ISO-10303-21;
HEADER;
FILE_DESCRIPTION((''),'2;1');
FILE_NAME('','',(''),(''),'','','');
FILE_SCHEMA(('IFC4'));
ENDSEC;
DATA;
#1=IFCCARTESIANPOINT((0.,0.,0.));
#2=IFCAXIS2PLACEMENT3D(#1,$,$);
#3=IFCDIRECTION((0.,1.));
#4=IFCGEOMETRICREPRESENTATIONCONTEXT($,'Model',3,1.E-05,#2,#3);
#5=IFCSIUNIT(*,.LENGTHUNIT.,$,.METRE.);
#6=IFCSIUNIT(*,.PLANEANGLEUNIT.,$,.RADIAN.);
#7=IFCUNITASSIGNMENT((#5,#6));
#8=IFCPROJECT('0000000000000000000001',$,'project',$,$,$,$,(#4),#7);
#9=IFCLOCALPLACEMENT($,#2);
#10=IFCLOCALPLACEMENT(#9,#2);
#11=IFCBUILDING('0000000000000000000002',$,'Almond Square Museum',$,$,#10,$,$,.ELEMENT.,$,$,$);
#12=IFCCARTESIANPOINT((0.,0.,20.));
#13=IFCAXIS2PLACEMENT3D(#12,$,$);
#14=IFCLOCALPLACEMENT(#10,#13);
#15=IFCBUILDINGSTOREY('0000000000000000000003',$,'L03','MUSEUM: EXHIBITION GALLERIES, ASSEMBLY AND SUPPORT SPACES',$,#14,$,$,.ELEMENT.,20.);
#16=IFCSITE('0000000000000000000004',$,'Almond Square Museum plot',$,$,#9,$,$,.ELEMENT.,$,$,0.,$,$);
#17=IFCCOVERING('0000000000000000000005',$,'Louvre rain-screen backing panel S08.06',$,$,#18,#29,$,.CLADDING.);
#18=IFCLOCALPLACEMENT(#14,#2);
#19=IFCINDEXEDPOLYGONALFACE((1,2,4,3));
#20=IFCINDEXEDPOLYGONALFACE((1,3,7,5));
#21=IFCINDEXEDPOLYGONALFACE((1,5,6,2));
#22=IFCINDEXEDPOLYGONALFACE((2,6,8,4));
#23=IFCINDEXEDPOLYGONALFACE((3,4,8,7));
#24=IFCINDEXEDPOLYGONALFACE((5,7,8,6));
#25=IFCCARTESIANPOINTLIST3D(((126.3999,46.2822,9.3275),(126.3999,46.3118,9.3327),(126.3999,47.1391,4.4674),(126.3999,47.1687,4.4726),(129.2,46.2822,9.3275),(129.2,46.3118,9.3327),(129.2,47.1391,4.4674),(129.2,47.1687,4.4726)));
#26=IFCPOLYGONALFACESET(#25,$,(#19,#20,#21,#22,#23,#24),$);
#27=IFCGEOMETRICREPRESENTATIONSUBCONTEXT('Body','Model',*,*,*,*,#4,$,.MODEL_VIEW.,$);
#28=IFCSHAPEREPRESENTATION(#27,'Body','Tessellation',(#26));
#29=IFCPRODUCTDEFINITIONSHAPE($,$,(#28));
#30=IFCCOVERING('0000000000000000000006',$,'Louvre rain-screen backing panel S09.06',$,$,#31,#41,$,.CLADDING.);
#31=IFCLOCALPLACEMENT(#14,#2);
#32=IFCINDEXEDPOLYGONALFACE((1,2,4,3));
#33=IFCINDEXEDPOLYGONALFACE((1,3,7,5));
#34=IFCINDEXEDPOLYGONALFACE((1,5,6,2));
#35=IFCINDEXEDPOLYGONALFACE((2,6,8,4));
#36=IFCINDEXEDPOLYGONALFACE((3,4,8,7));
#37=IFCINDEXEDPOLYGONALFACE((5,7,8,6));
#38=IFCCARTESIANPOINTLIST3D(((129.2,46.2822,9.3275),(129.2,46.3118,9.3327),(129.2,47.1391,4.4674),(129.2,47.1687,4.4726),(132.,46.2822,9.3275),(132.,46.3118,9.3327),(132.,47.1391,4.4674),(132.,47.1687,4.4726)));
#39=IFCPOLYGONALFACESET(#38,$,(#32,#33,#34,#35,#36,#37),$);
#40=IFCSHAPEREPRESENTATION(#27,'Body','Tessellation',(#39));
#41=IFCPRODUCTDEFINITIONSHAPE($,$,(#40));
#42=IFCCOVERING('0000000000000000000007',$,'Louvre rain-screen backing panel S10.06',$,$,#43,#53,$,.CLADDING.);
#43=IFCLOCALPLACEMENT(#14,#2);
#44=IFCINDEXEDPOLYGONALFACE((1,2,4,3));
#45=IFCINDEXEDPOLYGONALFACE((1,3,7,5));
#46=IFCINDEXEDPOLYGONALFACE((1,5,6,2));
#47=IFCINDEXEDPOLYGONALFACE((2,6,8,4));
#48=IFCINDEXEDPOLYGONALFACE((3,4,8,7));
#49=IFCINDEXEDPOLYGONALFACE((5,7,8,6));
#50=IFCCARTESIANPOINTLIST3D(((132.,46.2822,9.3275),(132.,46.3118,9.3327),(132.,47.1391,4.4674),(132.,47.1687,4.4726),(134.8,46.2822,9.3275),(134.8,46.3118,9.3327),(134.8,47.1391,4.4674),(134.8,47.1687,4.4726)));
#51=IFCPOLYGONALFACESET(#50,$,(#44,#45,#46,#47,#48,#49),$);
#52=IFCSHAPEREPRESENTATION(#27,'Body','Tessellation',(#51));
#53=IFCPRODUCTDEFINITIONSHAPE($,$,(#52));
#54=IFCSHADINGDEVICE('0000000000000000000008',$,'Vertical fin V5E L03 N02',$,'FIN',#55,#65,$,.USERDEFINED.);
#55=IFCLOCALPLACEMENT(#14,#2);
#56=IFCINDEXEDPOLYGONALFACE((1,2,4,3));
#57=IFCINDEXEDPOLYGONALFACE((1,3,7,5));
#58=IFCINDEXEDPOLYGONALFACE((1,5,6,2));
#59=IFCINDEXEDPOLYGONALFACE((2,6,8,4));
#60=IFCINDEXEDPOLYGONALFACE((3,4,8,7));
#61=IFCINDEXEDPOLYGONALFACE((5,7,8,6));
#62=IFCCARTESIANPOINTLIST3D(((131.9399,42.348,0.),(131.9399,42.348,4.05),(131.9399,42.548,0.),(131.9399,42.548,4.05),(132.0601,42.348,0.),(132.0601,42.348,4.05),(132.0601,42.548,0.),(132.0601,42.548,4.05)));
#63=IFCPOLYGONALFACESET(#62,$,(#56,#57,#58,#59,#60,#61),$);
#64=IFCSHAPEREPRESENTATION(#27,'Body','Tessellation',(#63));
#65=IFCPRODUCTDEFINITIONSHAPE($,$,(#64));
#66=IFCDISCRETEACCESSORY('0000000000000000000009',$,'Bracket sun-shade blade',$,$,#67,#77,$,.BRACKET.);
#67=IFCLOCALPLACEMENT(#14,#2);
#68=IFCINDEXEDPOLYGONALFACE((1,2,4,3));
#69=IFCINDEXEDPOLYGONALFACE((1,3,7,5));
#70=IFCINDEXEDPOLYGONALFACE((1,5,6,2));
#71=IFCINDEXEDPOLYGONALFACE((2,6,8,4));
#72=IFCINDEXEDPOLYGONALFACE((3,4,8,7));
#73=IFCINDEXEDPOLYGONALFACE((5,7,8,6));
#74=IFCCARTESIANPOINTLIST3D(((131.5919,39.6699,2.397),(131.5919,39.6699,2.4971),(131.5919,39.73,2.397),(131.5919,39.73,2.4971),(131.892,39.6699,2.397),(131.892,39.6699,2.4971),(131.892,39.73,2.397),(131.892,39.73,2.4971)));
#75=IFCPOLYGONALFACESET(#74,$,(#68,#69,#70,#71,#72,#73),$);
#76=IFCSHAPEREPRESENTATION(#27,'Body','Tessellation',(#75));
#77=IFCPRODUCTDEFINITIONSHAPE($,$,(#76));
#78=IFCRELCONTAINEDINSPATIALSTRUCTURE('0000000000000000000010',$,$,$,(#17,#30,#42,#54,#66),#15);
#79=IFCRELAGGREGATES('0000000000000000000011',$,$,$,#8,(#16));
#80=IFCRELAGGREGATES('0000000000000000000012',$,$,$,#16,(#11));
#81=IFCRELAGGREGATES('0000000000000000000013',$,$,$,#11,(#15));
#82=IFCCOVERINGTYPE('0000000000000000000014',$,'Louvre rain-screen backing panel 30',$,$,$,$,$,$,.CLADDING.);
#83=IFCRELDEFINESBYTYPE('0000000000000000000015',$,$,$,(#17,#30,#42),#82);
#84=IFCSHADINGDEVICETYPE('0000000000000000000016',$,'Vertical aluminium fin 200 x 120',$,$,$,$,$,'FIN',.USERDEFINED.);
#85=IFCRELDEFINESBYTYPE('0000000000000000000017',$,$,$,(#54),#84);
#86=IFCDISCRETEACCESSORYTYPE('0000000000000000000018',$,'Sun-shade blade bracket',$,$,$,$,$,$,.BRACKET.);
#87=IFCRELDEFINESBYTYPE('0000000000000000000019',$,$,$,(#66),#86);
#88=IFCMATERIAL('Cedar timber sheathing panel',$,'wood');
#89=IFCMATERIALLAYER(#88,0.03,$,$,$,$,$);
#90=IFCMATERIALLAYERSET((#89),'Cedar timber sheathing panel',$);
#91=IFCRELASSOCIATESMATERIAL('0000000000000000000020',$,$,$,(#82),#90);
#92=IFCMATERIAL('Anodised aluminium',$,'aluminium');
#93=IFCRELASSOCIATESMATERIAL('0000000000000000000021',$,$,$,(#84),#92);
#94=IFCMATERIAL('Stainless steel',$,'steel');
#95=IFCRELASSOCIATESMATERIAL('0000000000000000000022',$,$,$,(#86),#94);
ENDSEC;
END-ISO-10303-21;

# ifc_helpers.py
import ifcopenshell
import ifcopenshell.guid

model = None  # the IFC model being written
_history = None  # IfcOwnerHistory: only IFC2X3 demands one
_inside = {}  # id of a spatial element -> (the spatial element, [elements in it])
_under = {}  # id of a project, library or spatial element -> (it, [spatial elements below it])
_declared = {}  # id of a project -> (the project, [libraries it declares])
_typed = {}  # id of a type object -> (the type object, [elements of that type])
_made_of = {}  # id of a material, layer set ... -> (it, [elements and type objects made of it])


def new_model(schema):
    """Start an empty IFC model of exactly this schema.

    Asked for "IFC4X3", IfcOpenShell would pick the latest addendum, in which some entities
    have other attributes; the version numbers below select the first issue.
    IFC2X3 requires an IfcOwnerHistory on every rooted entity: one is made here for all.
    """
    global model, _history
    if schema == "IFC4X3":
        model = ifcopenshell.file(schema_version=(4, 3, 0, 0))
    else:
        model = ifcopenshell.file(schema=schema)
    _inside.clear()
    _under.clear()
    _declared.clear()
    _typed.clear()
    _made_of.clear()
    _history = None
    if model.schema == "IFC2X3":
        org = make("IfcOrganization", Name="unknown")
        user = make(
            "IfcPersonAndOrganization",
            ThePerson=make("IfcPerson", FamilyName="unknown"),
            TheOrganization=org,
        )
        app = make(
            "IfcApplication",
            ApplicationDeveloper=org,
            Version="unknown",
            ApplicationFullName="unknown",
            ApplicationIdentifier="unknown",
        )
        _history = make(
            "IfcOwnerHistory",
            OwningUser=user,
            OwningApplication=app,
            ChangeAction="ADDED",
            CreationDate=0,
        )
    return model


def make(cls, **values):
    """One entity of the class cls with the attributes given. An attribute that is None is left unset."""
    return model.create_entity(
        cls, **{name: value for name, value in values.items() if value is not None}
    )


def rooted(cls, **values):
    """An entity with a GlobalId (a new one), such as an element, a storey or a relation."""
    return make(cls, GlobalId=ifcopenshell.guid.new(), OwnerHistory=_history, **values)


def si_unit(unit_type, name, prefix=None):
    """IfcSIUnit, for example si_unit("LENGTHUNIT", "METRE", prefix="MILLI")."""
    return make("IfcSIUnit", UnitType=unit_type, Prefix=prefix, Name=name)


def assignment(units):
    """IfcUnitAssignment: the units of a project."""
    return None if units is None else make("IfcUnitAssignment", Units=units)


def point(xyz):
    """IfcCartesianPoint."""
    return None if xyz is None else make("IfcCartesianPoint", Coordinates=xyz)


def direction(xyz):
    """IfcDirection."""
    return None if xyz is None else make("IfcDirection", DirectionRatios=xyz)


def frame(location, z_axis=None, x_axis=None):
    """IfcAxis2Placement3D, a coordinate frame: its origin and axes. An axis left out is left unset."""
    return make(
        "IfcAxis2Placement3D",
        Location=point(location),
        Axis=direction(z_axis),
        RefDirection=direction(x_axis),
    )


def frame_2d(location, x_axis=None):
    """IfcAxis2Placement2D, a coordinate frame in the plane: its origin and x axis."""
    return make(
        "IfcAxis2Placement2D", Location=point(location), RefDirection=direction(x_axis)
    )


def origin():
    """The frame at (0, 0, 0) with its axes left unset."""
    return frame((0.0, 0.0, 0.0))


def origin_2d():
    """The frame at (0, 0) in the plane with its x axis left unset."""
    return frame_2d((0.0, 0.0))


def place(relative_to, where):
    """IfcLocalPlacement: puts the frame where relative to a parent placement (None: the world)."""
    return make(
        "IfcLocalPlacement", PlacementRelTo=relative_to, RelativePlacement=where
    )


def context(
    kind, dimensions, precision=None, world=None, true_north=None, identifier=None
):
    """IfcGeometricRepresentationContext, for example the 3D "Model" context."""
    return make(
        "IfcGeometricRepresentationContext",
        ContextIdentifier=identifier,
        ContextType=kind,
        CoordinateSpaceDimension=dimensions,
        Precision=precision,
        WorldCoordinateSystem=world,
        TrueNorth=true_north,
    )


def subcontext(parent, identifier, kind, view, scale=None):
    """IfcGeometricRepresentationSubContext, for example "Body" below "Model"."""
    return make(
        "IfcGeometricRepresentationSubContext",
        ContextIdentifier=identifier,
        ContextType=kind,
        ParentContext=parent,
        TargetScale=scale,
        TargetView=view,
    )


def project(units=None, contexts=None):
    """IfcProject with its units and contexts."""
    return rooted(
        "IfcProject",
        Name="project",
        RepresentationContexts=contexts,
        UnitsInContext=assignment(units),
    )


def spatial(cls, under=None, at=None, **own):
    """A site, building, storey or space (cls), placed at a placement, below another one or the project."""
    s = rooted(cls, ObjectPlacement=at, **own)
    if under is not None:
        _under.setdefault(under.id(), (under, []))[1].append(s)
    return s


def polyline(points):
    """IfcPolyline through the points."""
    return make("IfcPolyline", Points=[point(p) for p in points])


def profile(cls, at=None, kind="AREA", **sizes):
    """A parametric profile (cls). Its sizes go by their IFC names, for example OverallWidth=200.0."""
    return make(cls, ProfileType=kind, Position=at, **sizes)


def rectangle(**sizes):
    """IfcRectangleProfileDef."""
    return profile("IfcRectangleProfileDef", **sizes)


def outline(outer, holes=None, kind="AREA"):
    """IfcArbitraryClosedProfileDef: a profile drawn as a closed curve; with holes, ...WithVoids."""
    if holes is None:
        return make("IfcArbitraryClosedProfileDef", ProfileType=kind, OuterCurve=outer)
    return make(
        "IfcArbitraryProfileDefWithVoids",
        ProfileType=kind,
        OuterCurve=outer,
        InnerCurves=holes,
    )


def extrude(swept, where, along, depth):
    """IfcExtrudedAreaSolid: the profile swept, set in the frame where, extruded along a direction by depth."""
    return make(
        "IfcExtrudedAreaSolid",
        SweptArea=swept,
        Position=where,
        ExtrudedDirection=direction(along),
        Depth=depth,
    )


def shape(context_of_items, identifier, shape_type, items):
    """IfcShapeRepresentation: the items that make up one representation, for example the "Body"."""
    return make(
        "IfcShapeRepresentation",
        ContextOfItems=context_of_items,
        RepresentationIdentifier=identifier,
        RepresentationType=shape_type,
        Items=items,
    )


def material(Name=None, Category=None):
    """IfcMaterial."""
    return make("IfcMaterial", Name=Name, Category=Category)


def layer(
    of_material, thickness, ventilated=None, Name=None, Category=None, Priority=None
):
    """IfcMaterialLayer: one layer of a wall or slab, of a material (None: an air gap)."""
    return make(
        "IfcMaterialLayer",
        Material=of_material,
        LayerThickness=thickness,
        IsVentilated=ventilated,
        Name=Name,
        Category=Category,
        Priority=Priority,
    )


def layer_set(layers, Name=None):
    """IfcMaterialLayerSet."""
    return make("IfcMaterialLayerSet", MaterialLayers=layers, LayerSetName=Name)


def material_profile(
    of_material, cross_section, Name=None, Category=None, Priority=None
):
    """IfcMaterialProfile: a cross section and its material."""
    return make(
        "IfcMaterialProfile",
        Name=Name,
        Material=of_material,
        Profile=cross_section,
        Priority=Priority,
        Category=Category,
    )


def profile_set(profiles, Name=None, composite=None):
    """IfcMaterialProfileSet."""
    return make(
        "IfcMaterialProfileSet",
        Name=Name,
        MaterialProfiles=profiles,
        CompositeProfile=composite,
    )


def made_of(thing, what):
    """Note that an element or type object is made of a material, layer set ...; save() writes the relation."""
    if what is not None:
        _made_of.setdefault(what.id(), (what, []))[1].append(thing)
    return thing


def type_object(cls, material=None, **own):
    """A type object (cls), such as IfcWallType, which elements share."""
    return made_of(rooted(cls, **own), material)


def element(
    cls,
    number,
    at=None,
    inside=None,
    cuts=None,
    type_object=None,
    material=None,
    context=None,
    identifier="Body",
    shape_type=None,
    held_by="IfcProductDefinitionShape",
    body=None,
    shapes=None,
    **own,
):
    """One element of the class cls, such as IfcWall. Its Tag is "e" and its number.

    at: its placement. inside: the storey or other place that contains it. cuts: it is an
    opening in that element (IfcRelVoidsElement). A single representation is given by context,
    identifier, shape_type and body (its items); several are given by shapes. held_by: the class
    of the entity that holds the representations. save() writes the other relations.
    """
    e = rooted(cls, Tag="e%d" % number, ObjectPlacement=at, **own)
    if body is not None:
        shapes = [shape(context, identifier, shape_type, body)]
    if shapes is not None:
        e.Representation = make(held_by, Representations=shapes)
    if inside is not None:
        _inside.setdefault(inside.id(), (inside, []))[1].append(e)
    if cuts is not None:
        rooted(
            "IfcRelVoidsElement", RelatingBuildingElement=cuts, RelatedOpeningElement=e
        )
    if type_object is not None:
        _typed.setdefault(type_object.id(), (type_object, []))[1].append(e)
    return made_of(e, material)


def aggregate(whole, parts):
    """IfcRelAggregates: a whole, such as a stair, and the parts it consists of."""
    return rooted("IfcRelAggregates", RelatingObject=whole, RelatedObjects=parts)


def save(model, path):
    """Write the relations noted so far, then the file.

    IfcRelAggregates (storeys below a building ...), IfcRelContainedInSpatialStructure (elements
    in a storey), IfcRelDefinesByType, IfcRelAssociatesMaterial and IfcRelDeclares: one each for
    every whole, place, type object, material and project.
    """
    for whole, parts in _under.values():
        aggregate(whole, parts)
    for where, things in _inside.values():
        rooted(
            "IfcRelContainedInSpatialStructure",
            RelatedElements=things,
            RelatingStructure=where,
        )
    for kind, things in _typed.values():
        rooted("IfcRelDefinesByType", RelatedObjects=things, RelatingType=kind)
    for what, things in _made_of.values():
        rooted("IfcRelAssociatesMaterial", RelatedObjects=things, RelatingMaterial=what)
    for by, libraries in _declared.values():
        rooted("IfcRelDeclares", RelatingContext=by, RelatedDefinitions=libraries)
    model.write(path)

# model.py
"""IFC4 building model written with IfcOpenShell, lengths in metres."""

from ifc_helpers import new_model, si_unit, direction, frame, origin, origin_2d, place, context, subcontext, project, spatial, polyline, rectangle, outline, extrude, material, layer, layer_set, material_profile, profile_set, type_object, element, save


model = new_model("IFC4")

# Units and contexts
model_context = context("Model", 3, precision=1e-05, world=origin(), true_north=direction((0.0, 1.0)))
body_context = subcontext(model_context, "Body", "Model", "MODEL_VIEW")
ifc_project = project(units=[si_unit("LENGTHUNIT", "METRE"), si_unit("PLANEANGLEUNIT", "RADIAN")], contexts=[model_context])

# Site, building, storey
site_placement = place(None, origin())
site = spatial("IfcSite", under=ifc_project, at=site_placement, Name="Almond Square Museum plot", CompositionType="ELEMENT", RefElevation=0.0)
building_placement = place(site_placement, origin())
building = spatial("IfcBuilding", under=site, at=building_placement, Name="Almond Square Museum", CompositionType="ELEMENT")
storey_placement = place(building_placement, frame((0.0, 0.0, 20.0)))
storey = spatial("IfcBuildingStorey", under=building, at=storey_placement, Name="L03", Description="MUSEUM: EXHIBITION GALLERIES, ASSEMBLY AND SUPPORT SPACES", CompositionType="ELEMENT", Elevation=20.0)

# Coverings
ifc_material_1 = material(Name="Cedar timber sheathing panel", Category="wood")
ifc_layer_1 = layer(ifc_material_1, 0.03)
ifc_layer_set_1 = layer_set([ifc_layer_1], Name="Cedar timber sheathing panel")
covering_type_1 = type_object("IfcCoveringType", Name="Louvre rain-screen backing panel 30", PredefinedType="CLADDING", material=ifc_layer_set_1)
for number, where, z_axis, x_axis, name in (
    (1, (126.3999, 47.1538, 4.47), (0.0, -0.984809, -0.173641), (1.0, 0.0, 0.0), "Louvre rain-screen backing panel S08.06"),
    (2, (129.2, 47.1538, 4.47), (0.0, -0.984809, -0.173641), (1.0, 0.0, 0.0), "Louvre rain-screen backing panel S09.06"),
    (3, (132.0, 47.1538, 4.47), (0.0, -0.984809, -0.173641), (1.0, 0.0, 0.0), "Louvre rain-screen backing panel S10.06"),
):
    element("IfcCovering", number, at=place(storey_placement, frame(where, z_axis=z_axis, x_axis=x_axis)), inside=storey, type_object=covering_type_1, Name=name, PredefinedType="CLADDING", context=body_context, shape_type="SweptSolid", body=[
        extrude(outline(polyline([(0.0, 0.0), (2.8, 0.0), (2.8, 4.9351), (0.0, 4.9351), (0.0, 0.0)])), frame((0.0, 0.0, -0.0151)), (0.0, 0.0, 1.0), 0.03),
    ])

# Shading device
ifc_material_2 = material(Name="Anodised aluminium", Category="aluminium")
ifc_material_profile_1 = material_profile(ifc_material_2, rectangle(XDim=0.2, YDim=0.1201, at=origin_2d()))
ifc_profile_set_1 = profile_set([ifc_material_profile_1], Name="Anodised aluminium")
shading_device_type = type_object("IfcShadingDeviceType", Name="Vertical aluminium fin 200 x 120", ElementType="FIN", PredefinedType="USERDEFINED", material=ifc_profile_set_1)
shading_device_placement = place(storey_placement, frame((132.0, 42.448, 0.0), z_axis=(0.0, 0.0, 1.0), x_axis=(0.0, 1.0, 0.0)))
element("IfcShadingDevice", 4, at=shading_device_placement, inside=storey, type_object=shading_device_type, Name="Vertical fin V5E L03 N02", ObjectType="FIN", PredefinedType="USERDEFINED", context=body_context, shape_type="SweptSolid", body=[
    extrude(rectangle(XDim=0.2, YDim=0.1201, at=origin_2d()), origin(), (0.0, 0.0, 1.0), 4.05),
])

# Discrete accessory
ifc_material_3 = material(Name="Stainless steel", Category="steel")
discrete_accessory_type = type_object("IfcDiscreteAccessoryType", Name="Sun-shade blade bracket", PredefinedType="BRACKET", material=ifc_material_3)
discrete_accessory_placement = place(storey_placement, frame((131.7419, 39.7, 2.397), z_axis=(0.0, 0.0, 1.0), x_axis=(1.0, 0.0, 0.0)))
element("IfcDiscreteAccessory", 5, at=discrete_accessory_placement, inside=storey, type_object=discrete_accessory_type, Name="Bracket sun-shade blade", PredefinedType="BRACKET", context=body_context, shape_type="SweptSolid", body=[
    extrude(rectangle(XDim=0.3, YDim=0.0601, at=origin_2d()), origin(), (0.0, 0.0, 1.0), 0.1001),
])

save(model, "model.ifc")
